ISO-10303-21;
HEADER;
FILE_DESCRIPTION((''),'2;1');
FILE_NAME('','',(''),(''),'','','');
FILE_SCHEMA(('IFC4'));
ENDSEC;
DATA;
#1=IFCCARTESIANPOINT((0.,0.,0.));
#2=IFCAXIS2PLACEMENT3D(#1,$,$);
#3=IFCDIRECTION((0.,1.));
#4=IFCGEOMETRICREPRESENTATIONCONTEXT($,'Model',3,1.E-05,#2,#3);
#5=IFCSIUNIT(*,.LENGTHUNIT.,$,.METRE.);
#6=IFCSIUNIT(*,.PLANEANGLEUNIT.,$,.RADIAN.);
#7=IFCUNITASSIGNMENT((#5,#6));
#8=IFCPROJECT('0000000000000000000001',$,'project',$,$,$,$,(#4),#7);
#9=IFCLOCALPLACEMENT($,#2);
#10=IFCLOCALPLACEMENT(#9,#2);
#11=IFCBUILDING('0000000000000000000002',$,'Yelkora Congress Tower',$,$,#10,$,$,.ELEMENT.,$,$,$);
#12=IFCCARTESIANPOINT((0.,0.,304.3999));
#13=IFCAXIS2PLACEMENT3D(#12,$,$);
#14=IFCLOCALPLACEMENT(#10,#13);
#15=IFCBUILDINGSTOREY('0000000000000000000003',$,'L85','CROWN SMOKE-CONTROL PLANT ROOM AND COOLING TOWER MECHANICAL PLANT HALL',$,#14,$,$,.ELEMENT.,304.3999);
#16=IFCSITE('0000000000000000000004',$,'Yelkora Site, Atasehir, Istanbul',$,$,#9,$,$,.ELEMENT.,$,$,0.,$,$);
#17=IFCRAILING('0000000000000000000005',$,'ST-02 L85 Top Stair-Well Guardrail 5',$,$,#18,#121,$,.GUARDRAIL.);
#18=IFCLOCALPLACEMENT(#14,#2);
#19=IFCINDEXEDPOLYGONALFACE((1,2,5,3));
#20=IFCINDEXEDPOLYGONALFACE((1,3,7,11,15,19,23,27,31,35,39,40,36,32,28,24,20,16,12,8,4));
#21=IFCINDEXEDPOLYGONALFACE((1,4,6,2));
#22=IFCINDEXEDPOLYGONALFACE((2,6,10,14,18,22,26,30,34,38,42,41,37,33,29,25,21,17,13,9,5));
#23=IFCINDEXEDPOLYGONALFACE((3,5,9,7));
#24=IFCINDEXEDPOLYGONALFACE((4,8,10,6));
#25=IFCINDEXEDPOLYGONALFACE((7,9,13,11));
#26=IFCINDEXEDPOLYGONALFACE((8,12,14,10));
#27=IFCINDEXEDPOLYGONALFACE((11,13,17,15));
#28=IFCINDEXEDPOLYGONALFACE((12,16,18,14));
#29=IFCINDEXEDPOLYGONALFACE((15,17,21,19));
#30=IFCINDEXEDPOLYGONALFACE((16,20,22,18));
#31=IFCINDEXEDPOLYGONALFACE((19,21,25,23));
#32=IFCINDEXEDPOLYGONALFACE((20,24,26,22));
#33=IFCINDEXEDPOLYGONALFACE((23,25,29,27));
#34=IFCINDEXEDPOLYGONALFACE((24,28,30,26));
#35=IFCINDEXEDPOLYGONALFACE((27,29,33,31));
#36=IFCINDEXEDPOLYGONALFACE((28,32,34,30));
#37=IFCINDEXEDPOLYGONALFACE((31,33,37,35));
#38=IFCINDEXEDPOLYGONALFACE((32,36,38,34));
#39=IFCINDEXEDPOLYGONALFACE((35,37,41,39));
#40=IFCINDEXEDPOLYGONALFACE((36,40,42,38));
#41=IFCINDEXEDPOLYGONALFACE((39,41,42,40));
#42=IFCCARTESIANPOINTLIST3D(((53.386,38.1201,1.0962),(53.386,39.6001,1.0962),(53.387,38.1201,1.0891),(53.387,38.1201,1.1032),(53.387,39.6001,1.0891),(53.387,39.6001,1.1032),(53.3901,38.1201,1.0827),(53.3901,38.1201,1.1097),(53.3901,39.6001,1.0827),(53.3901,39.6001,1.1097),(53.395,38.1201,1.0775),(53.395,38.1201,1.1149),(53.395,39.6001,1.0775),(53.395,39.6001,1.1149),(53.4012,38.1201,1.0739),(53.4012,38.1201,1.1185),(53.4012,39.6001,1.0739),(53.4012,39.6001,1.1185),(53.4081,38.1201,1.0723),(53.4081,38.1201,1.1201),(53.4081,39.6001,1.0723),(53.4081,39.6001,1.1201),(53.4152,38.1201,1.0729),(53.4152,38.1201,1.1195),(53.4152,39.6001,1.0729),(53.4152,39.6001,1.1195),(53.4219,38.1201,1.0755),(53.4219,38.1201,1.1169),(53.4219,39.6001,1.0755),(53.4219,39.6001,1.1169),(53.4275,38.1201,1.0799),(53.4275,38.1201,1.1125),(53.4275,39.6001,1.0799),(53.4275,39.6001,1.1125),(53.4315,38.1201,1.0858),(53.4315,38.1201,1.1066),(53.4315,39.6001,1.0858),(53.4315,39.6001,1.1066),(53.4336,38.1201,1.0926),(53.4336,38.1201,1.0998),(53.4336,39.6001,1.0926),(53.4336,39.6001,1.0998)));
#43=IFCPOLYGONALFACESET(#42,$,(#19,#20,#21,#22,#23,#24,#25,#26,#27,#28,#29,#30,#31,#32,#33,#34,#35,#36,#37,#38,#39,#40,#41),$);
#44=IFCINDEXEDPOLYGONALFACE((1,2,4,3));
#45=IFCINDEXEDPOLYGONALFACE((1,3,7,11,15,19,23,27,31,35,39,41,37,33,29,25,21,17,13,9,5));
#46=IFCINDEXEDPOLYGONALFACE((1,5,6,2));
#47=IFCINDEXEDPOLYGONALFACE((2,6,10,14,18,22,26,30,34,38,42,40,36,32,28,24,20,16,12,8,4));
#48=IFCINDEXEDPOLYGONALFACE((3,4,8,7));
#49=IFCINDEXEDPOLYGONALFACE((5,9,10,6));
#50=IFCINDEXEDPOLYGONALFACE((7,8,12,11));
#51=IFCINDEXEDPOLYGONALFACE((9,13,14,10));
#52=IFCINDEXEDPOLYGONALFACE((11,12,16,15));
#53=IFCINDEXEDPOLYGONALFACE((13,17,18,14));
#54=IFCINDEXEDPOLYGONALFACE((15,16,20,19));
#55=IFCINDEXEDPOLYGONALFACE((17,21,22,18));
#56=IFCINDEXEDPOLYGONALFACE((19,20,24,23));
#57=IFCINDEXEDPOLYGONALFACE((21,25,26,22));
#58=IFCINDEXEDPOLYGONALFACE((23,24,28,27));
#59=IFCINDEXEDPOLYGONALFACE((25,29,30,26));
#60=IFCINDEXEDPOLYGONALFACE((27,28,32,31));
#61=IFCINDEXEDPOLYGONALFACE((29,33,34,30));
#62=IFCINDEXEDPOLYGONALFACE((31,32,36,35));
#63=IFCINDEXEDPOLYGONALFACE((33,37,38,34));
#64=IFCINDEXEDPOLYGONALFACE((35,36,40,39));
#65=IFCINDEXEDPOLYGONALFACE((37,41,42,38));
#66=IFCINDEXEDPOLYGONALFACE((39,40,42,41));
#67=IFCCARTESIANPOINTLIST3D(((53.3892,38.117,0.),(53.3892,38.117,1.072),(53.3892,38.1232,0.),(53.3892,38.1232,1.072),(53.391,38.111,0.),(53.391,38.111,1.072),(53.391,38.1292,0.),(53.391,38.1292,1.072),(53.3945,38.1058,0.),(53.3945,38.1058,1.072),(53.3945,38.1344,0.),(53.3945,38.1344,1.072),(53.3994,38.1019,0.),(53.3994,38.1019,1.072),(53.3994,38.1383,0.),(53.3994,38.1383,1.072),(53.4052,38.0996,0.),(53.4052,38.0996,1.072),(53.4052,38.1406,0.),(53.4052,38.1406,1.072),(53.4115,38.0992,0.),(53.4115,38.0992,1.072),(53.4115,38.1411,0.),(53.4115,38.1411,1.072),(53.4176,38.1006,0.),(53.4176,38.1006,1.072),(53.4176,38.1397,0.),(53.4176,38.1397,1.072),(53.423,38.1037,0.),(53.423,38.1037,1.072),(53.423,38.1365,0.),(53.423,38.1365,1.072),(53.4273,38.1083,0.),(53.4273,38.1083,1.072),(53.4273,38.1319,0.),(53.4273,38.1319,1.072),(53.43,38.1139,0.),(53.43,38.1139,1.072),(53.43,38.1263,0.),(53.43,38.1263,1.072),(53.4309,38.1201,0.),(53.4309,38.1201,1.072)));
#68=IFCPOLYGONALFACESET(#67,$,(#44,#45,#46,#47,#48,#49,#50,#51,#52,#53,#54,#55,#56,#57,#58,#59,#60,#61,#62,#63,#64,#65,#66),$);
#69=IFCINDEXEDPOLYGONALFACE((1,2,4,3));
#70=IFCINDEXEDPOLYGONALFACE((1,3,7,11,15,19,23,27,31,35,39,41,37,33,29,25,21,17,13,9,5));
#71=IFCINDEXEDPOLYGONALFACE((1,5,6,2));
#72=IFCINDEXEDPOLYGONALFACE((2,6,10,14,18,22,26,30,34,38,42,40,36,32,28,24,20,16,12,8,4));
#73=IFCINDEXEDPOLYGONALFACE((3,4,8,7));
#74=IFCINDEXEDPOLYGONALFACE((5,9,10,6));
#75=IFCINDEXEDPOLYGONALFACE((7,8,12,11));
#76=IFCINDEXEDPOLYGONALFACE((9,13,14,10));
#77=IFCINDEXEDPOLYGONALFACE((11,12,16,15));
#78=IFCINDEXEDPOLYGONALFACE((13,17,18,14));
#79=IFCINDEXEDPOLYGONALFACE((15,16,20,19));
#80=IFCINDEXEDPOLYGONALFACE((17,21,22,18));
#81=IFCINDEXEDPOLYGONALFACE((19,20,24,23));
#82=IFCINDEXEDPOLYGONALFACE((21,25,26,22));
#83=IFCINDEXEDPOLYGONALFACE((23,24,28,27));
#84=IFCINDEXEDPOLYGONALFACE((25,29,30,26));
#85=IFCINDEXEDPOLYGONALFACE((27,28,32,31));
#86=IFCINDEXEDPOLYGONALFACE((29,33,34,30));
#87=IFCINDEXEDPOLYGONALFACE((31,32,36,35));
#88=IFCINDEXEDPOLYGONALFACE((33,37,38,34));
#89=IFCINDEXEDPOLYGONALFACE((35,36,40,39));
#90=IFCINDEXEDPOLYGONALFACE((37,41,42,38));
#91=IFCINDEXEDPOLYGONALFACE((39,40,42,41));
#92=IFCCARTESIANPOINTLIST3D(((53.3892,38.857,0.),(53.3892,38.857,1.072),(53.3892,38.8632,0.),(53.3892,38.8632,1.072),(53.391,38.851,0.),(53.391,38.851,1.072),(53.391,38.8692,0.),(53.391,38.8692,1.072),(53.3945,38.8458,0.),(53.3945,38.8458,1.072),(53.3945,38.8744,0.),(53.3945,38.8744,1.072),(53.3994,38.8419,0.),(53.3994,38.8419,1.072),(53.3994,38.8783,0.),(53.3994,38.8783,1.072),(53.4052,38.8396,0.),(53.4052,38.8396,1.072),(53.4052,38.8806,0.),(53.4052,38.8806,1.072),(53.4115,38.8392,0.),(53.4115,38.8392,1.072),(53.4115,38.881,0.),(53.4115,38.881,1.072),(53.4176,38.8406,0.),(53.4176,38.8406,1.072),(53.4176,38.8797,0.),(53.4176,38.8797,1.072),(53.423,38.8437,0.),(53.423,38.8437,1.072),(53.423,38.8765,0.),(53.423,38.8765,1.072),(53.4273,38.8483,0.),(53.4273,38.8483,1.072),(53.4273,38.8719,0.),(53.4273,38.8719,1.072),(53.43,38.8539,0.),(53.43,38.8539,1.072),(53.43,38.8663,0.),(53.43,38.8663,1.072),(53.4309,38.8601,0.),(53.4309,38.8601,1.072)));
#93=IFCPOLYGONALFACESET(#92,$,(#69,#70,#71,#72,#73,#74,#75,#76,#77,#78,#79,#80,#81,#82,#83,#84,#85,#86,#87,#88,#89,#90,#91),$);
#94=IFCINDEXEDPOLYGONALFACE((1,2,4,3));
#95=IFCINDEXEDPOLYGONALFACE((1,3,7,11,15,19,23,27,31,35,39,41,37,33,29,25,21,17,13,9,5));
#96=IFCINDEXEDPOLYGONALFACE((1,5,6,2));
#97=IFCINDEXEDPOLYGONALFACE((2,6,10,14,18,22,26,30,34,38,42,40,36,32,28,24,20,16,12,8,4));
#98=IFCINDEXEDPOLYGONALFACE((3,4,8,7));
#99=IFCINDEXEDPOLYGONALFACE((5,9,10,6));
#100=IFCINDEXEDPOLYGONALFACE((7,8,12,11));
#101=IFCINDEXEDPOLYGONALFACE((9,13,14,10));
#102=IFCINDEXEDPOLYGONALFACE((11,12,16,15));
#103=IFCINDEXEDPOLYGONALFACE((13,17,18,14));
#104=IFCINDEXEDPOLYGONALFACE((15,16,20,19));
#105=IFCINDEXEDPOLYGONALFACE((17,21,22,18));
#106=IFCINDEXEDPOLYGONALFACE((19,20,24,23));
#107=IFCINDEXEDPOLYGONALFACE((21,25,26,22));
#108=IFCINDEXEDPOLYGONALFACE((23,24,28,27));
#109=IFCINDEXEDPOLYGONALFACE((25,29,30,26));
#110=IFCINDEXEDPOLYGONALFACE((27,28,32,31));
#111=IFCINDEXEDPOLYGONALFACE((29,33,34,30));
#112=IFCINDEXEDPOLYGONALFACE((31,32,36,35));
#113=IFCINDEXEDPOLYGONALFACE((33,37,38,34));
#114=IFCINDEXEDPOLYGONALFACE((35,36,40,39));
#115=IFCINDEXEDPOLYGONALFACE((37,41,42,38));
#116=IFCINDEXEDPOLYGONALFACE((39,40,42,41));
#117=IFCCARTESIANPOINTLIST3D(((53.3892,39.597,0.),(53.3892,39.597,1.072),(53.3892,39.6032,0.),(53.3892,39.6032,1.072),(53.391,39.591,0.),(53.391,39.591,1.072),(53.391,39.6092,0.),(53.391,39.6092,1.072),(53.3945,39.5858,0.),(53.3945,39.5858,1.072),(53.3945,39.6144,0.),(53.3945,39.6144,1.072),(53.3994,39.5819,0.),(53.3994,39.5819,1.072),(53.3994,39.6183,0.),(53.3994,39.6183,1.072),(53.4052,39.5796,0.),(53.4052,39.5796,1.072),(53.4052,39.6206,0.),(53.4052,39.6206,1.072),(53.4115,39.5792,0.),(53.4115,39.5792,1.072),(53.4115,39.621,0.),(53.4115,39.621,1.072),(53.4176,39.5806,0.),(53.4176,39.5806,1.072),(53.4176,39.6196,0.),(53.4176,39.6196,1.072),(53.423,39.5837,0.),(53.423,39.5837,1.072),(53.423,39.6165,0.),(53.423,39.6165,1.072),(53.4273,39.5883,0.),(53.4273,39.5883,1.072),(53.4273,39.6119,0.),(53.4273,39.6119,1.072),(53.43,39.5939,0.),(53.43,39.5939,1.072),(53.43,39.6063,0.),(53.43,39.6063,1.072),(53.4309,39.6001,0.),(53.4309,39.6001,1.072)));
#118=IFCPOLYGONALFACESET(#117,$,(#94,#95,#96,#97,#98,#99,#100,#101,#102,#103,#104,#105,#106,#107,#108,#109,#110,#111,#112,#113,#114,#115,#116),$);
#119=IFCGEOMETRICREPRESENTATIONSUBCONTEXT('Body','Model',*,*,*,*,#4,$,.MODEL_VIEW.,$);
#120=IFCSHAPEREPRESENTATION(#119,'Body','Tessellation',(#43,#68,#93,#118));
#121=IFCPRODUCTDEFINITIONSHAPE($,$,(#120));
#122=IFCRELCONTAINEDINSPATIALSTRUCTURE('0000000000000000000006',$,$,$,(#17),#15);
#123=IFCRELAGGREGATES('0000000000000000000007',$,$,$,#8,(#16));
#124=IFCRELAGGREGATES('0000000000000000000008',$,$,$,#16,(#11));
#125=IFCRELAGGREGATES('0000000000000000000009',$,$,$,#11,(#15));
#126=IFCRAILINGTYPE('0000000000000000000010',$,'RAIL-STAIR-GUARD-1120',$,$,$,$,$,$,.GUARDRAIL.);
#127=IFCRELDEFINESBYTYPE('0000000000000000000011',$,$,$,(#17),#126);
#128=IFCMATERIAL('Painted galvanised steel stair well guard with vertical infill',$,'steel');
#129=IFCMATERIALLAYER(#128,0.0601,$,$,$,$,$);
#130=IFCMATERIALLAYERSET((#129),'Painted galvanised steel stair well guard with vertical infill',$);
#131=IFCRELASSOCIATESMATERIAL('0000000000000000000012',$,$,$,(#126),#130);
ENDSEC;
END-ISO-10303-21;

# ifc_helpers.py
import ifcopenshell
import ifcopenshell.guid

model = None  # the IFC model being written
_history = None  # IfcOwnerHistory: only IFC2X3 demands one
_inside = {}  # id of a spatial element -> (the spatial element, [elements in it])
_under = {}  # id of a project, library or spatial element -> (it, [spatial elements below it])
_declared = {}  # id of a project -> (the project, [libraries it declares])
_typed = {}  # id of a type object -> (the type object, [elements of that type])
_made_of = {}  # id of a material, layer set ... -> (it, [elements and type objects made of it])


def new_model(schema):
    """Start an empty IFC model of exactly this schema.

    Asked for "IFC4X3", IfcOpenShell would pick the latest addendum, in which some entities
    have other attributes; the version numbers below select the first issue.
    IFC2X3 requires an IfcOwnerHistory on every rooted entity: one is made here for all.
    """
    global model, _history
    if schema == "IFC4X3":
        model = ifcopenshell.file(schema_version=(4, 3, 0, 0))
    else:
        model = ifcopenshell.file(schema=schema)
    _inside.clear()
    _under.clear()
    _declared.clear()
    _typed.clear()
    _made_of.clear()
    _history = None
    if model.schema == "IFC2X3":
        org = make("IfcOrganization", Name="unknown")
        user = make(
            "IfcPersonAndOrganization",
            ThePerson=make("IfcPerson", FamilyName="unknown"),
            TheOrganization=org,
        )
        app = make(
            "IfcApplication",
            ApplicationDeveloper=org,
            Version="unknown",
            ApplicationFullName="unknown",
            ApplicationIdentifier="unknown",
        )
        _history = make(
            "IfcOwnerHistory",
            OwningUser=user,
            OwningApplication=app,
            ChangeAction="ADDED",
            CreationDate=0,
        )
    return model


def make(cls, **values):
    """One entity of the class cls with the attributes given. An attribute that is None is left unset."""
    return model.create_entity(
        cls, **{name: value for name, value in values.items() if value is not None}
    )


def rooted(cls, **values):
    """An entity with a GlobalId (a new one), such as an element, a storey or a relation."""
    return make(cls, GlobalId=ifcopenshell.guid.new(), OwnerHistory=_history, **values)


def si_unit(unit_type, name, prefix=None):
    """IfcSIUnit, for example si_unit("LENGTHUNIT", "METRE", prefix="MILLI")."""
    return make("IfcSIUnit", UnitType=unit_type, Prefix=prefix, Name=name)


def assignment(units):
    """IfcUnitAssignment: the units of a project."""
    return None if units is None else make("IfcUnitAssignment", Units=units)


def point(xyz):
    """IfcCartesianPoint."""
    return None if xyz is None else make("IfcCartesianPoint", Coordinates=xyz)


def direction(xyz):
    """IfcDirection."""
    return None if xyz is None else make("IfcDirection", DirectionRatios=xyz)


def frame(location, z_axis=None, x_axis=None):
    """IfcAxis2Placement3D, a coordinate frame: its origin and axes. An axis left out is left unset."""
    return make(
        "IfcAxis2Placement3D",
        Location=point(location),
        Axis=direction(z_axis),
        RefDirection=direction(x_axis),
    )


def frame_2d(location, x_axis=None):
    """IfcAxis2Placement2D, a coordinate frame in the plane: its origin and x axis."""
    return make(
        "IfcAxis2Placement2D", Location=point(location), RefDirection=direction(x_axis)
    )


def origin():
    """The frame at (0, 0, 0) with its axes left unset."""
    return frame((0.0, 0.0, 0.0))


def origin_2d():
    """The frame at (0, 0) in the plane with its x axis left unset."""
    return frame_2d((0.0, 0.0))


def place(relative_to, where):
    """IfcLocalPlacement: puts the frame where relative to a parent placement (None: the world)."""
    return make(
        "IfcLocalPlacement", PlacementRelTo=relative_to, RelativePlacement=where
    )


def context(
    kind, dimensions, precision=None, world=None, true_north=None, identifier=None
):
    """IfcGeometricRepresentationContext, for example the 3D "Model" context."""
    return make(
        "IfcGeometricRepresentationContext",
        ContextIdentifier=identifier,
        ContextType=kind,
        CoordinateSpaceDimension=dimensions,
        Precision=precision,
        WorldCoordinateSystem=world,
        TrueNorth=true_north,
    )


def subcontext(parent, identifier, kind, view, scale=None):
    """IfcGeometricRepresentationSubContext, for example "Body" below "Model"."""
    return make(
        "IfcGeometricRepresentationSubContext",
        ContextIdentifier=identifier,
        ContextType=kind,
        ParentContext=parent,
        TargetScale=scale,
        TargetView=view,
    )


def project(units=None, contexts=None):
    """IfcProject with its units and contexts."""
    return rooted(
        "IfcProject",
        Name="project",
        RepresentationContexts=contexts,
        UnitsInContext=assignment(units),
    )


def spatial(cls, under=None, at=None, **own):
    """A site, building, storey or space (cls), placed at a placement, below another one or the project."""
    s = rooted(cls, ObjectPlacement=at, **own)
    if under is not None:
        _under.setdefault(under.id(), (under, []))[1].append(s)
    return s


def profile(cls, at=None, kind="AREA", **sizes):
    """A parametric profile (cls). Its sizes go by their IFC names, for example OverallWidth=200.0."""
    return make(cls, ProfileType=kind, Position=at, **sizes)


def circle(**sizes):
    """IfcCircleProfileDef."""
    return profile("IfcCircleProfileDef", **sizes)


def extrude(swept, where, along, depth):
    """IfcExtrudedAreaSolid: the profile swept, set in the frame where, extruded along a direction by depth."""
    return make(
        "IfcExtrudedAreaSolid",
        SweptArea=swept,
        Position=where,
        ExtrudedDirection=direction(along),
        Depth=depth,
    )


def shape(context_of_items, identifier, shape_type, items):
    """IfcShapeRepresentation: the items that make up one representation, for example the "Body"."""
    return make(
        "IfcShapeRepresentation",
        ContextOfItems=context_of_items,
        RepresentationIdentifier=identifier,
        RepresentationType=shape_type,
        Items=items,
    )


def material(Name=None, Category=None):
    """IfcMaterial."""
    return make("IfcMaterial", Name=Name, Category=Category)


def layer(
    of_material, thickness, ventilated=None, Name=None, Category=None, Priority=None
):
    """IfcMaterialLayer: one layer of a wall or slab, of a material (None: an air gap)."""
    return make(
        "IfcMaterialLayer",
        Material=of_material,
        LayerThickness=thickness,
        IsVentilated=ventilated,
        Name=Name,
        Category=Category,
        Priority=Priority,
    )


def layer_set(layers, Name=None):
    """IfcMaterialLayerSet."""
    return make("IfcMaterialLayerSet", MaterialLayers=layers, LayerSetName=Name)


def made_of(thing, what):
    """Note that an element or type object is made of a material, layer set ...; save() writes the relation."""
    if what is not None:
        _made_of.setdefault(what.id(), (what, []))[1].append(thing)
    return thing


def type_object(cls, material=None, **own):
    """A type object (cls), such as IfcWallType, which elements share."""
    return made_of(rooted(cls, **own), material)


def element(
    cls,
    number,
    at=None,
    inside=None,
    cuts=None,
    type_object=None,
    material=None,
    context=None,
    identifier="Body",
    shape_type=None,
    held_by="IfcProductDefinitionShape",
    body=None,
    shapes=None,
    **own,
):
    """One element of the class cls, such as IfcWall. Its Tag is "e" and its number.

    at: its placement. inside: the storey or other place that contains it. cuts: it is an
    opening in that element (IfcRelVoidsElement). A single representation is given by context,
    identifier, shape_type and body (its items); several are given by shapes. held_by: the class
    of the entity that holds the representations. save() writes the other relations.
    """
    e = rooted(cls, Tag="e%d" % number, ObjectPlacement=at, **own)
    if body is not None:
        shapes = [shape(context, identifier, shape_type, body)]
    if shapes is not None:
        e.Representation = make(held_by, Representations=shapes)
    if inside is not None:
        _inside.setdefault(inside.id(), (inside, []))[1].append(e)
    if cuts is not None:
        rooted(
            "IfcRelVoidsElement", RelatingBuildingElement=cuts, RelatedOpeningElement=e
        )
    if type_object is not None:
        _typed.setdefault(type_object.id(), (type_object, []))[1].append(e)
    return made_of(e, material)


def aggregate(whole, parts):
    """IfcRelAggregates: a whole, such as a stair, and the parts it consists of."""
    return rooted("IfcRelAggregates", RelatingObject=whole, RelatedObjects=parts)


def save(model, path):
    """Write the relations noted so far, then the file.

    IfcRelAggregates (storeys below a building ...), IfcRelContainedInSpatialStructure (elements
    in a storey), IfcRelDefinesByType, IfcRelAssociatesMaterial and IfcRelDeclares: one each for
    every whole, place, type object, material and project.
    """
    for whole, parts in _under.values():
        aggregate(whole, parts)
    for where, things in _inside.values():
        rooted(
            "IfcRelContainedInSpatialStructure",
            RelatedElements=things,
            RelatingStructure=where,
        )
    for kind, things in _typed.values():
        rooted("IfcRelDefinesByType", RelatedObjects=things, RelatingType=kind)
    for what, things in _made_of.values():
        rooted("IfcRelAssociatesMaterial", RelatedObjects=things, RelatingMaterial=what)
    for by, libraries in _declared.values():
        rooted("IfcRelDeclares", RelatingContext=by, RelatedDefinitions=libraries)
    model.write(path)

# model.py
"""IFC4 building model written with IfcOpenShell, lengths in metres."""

from ifc_helpers import new_model, si_unit, direction, frame, origin, origin_2d, place, context, subcontext, project, spatial, circle, extrude, material, layer, layer_set, type_object, element, save


model = new_model("IFC4")

# Units and contexts
model_context = context("Model", 3, precision=1e-05, world=origin(), true_north=direction((0.0, 1.0)))
body_context = subcontext(model_context, "Body", "Model", "MODEL_VIEW")
ifc_project = project(units=[si_unit("LENGTHUNIT", "METRE"), si_unit("PLANEANGLEUNIT", "RADIAN")], contexts=[model_context])

# Site, building, storey
site_placement = place(None, origin())
site = spatial("IfcSite", under=ifc_project, at=site_placement, Name="Yelkora Site, Atasehir, Istanbul", CompositionType="ELEMENT", RefElevation=0.0)
building_placement = place(site_placement, origin())
building = spatial("IfcBuilding", under=site, at=building_placement, Name="Yelkora Congress Tower", CompositionType="ELEMENT")
storey_placement = place(building_placement, frame((0.0, 0.0, 304.3999)))
storey = spatial("IfcBuildingStorey", under=building, at=storey_placement, Name="L85", Description="CROWN SMOKE-CONTROL PLANT ROOM AND COOLING TOWER MECHANICAL PLANT HALL", CompositionType="ELEMENT", Elevation=304.3999)

# Railing
ifc_material_1 = material(Name="Painted galvanised steel stair well guard with vertical infill", Category="steel")
ifc_layer_1 = layer(ifc_material_1, 0.0601)
ifc_layer_set_1 = layer_set([ifc_layer_1], Name="Painted galvanised steel stair well guard with vertical infill")
railing_type = type_object("IfcRailingType", Name="RAIL-STAIR-GUARD-1120", PredefinedType="GUARDRAIL", material=ifc_layer_set_1)
for number, where, name in (
    (1, (53.4099, 38.1201, 0.0), "ST-02 L85 Top Stair-Well Guardrail 5"),
):
    element("IfcRailing", number, at=place(storey_placement, frame(where)), inside=storey, type_object=railing_type, Name=name, PredefinedType="GUARDRAIL", context=body_context, shape_type="SweptSolid", body=[
        extrude(circle(Radius=0.0239, at=origin_2d()), frame((0.0, 0.0, 1.0962), z_axis=(0.0, 1.0, 0.0), x_axis=(-1.0, 0.0, 0.0)), (0.0, 0.0, 1.0), 1.48),
        extrude(circle(Radius=0.021, at=origin_2d()), origin(), (0.0, 0.0, 1.0), 1.072),
        extrude(circle(Radius=0.021, at=origin_2d()), frame((0.0, 0.74, 0.0)), (0.0, 0.0, 1.0), 1.072),
        extrude(circle(Radius=0.021, at=origin_2d()), frame((0.0, 1.48, 0.0)), (0.0, 0.0, 1.0), 1.072),
    ])

save(model, "model.ifc")
